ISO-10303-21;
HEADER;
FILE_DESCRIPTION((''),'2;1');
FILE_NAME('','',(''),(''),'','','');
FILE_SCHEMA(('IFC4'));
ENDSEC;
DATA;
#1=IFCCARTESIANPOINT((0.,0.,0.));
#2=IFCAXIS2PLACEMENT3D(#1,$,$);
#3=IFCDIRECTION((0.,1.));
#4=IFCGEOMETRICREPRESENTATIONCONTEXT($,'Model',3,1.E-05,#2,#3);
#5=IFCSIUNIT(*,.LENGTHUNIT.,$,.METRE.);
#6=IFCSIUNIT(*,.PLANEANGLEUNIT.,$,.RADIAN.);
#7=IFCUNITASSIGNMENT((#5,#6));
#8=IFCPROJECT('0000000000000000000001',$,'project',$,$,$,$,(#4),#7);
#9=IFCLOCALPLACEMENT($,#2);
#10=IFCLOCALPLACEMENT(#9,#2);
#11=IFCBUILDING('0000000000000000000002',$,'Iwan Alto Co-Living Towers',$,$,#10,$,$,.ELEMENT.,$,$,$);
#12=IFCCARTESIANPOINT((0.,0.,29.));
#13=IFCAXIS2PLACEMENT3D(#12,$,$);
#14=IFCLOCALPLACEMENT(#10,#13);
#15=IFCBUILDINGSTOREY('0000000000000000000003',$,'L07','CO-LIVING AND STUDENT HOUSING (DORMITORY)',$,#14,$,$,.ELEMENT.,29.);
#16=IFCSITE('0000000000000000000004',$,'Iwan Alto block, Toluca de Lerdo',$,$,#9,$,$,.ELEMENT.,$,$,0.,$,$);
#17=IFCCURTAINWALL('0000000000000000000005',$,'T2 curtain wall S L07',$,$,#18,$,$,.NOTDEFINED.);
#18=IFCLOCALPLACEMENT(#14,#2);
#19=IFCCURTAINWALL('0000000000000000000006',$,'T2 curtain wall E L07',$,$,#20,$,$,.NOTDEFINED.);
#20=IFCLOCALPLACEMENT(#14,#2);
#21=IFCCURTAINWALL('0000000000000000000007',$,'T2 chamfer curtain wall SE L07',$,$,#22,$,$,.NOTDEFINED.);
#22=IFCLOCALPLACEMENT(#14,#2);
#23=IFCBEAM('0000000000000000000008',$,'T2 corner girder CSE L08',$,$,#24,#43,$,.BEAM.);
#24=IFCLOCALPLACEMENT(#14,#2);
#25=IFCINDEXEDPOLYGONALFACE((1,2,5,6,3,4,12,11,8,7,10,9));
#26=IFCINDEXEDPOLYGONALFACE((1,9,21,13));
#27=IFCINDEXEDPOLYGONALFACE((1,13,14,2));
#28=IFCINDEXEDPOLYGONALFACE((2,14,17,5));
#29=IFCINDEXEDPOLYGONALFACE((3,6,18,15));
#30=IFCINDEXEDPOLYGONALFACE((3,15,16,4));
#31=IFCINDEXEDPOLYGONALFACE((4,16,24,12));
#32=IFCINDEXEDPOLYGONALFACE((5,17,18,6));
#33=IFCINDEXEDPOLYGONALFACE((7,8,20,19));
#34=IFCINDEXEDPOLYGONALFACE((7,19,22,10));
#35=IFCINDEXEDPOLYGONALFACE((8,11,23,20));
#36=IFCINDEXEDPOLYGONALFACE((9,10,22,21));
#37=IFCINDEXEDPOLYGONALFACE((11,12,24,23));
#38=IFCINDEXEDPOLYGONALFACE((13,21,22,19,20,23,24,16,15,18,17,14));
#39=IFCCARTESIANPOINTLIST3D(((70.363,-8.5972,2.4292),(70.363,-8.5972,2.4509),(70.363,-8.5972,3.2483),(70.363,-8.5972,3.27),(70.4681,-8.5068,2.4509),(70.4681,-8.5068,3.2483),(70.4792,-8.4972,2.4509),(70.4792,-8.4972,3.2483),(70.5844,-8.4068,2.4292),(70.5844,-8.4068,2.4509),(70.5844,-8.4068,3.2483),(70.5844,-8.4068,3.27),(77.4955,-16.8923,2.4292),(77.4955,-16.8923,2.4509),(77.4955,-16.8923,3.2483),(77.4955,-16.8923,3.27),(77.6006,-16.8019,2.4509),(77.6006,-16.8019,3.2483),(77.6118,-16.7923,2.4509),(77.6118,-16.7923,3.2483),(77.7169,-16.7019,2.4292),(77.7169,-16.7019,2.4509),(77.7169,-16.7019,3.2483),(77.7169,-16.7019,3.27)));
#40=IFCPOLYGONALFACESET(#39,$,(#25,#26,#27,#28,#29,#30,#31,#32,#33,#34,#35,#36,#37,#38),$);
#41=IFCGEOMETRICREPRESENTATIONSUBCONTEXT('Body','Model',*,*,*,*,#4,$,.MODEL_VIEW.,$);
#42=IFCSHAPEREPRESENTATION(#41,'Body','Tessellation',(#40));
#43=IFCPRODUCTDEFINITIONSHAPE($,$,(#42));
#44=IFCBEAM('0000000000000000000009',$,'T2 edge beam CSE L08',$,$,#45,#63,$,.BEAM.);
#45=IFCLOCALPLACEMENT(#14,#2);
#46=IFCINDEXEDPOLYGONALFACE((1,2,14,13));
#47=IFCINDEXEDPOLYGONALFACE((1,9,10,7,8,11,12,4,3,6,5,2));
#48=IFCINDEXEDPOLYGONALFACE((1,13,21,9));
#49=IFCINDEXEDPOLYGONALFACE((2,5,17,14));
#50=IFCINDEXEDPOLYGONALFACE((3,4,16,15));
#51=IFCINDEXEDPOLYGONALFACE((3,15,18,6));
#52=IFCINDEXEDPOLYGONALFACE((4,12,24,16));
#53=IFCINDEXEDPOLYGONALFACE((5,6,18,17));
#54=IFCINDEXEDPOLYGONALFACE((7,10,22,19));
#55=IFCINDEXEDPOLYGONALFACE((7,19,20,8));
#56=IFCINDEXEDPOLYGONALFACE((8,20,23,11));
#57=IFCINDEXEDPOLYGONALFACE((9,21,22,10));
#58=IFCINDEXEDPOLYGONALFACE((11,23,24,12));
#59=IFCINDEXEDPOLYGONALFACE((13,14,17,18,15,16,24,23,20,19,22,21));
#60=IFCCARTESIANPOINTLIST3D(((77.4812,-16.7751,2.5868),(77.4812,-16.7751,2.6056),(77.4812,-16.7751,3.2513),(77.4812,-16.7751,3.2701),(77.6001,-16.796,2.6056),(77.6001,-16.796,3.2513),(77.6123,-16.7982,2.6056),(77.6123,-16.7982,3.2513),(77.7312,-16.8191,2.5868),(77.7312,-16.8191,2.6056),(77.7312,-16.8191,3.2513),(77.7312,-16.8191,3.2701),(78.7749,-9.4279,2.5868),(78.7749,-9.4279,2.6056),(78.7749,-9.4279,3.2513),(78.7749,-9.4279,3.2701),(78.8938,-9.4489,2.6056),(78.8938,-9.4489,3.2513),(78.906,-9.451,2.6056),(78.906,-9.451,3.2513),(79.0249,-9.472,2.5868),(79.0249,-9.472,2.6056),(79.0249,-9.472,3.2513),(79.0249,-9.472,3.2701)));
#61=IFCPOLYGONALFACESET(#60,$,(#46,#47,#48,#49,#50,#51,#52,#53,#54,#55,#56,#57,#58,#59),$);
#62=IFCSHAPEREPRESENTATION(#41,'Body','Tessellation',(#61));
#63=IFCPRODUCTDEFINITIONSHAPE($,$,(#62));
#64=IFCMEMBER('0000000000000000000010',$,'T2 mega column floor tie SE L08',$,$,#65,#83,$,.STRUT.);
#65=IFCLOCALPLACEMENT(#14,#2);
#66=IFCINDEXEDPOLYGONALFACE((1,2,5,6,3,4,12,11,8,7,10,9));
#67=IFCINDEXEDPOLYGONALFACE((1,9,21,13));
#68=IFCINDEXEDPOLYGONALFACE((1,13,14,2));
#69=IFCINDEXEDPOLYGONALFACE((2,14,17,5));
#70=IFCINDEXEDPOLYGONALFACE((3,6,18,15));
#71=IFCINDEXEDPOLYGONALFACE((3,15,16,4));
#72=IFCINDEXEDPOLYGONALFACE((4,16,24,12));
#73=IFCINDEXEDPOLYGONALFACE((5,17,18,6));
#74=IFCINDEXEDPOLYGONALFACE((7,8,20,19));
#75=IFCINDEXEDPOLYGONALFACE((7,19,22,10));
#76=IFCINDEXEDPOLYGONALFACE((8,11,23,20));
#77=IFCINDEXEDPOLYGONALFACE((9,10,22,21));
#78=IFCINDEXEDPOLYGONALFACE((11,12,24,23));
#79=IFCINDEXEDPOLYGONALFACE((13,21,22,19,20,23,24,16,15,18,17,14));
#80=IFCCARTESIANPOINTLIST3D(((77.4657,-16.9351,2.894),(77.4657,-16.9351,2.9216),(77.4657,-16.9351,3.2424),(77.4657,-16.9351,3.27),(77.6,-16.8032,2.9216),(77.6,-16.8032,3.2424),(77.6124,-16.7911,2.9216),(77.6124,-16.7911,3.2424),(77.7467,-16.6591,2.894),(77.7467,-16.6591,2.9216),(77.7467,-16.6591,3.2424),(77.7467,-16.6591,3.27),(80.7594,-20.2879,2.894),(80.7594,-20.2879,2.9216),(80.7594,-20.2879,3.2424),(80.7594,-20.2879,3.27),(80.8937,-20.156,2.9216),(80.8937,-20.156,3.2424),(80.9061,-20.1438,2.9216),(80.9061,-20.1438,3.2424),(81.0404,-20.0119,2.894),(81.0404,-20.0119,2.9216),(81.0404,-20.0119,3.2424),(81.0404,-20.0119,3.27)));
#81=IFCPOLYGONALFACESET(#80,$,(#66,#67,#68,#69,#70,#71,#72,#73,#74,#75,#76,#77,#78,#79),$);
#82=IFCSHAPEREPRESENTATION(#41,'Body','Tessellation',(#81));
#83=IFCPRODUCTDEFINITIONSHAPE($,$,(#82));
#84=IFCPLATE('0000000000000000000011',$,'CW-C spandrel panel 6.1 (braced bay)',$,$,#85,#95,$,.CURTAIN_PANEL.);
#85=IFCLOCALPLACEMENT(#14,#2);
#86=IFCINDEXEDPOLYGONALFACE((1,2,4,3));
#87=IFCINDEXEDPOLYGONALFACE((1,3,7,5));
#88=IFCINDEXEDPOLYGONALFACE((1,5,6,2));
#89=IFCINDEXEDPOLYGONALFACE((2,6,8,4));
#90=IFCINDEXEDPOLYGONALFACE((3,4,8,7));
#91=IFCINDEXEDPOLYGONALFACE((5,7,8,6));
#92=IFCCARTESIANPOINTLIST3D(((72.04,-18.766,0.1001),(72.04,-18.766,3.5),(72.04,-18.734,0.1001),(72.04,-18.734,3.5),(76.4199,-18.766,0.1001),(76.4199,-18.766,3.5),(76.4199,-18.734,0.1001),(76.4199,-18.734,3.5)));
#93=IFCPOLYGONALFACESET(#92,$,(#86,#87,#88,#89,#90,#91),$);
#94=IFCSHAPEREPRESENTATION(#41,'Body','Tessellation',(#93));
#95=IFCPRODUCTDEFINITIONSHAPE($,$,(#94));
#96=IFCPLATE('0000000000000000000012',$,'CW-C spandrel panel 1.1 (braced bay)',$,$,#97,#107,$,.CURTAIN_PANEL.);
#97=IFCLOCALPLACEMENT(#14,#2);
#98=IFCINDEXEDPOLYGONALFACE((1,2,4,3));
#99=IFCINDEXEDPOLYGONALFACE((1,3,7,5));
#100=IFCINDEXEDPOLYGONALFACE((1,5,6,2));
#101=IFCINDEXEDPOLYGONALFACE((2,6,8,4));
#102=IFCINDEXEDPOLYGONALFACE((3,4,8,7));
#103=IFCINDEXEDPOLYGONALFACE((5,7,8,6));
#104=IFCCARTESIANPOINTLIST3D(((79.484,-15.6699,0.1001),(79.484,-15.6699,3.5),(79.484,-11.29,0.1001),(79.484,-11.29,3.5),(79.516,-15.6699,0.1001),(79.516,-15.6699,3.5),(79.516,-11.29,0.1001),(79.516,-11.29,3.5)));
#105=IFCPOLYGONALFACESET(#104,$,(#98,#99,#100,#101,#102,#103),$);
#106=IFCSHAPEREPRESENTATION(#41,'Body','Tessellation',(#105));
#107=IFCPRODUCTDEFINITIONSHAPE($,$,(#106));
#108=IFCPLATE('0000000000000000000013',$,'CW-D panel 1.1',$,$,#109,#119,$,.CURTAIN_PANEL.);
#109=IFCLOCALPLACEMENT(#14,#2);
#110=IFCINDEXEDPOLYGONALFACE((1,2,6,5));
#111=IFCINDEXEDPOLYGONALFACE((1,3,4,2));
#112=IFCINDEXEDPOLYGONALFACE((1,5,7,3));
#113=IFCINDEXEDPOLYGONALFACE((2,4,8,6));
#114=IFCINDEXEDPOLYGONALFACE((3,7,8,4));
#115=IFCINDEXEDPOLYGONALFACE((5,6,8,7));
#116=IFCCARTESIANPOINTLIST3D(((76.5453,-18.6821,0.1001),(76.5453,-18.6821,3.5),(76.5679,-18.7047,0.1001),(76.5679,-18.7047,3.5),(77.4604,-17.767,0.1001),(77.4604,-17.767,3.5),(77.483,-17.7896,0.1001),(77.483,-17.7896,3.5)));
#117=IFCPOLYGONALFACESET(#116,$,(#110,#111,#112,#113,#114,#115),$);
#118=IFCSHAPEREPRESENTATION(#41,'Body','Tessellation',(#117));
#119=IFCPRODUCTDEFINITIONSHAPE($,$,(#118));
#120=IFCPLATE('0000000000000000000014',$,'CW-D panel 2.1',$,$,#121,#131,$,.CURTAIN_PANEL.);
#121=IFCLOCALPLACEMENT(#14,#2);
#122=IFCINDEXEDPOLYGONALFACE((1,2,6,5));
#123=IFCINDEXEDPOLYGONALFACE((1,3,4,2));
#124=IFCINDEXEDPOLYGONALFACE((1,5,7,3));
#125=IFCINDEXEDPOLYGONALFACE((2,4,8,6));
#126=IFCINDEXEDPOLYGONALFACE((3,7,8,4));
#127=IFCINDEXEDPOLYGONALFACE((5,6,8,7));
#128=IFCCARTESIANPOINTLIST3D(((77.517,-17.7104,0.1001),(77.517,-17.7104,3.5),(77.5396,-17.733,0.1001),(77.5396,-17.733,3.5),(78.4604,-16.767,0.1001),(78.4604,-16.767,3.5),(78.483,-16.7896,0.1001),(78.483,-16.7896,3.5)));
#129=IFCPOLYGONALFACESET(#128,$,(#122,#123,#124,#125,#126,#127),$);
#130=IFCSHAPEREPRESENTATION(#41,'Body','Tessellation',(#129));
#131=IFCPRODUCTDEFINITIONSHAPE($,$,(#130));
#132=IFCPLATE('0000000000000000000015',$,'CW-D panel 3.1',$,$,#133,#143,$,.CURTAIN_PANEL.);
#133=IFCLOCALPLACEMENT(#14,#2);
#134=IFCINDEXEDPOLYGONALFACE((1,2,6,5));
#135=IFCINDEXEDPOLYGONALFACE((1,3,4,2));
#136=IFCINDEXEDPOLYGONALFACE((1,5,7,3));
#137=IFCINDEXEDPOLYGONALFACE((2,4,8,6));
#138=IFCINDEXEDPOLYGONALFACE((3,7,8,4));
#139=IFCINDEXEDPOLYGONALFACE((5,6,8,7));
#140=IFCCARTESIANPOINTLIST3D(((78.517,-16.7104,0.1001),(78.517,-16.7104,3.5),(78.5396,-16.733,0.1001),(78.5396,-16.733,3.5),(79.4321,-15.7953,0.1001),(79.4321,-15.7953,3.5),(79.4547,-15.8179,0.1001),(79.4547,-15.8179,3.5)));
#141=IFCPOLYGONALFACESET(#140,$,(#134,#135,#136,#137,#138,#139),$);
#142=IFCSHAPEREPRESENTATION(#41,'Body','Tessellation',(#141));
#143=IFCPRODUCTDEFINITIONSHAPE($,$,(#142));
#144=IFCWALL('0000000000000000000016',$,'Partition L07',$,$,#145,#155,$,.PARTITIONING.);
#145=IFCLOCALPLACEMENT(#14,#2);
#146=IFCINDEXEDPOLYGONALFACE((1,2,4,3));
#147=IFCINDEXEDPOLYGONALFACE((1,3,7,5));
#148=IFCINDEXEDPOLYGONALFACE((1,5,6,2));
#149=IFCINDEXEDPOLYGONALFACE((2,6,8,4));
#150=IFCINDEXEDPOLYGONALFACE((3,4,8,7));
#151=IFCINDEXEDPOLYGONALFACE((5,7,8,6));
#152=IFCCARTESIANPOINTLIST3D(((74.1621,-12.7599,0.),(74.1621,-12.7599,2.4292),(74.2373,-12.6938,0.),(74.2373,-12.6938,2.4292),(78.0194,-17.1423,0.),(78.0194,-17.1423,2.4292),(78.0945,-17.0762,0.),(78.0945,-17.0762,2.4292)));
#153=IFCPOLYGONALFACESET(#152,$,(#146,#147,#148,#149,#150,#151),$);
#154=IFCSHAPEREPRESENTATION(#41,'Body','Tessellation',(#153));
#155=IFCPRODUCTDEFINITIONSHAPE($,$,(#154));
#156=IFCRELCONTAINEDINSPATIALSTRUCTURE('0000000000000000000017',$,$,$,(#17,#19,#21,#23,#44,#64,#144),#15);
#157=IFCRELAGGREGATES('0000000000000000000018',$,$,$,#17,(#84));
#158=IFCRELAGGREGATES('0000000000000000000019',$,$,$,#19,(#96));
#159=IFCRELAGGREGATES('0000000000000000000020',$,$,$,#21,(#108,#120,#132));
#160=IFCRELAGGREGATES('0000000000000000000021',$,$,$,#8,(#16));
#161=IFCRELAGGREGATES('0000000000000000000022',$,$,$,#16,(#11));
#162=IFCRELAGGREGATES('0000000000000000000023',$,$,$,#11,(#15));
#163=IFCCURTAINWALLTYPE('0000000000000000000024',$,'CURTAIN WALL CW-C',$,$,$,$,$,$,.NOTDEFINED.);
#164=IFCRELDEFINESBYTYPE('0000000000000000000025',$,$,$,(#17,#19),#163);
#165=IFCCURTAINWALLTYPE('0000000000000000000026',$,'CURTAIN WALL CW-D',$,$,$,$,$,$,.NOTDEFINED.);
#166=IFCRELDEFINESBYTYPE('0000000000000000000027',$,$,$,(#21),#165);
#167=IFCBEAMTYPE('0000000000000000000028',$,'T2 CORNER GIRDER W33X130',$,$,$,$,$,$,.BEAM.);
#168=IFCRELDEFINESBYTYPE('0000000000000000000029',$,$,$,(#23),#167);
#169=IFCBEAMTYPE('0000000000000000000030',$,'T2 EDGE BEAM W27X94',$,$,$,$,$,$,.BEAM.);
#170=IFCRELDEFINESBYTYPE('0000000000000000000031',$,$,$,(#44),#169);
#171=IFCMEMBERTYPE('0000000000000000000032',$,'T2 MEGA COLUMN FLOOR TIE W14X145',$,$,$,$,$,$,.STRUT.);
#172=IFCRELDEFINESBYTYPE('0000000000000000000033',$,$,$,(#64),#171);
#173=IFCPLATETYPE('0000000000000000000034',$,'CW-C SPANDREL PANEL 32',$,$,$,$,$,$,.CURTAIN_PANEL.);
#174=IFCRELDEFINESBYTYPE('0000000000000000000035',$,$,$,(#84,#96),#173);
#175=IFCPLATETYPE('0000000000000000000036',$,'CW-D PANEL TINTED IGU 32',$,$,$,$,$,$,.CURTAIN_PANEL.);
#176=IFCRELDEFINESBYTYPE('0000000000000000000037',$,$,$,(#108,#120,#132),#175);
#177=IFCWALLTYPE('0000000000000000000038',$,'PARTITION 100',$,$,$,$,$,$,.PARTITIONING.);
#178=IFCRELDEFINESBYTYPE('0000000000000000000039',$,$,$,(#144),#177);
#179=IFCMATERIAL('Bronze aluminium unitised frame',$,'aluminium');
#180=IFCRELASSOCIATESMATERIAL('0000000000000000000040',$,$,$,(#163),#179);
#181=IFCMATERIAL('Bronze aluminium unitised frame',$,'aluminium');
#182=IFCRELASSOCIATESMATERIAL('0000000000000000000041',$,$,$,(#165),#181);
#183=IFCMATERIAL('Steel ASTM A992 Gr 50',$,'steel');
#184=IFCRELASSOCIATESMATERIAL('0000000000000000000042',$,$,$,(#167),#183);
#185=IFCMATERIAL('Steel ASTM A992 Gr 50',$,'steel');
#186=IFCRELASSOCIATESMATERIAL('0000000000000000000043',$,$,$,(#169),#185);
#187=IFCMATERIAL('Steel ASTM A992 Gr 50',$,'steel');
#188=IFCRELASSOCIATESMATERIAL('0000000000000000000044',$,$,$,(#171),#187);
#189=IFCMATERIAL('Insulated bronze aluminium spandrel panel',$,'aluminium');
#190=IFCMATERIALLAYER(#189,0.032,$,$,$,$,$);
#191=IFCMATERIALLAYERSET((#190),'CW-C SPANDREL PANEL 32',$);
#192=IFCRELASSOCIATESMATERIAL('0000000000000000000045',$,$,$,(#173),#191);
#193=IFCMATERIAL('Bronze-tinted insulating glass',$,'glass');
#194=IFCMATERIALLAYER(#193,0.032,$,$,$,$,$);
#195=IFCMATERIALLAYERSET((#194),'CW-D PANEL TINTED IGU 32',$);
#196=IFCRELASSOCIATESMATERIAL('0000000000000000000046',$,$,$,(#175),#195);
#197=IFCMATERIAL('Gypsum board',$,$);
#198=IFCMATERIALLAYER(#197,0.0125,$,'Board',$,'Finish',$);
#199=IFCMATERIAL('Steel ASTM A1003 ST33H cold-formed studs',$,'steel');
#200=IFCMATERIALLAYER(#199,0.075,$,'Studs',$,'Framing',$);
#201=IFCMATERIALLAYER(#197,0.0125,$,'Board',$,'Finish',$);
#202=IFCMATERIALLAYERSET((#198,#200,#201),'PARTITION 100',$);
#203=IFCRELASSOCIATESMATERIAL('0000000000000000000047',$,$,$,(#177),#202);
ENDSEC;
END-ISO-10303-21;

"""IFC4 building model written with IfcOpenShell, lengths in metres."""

from ifc_helpers import new_model, si_unit, direction, frame, frame_2d, origin, origin_2d, place, context, subcontext, project, spatial, rectangle, i_section, extrude, material, layer, layer_set, material_profile, profile_set, type_object, element, aggregate, save


model = new_model("IFC4")

# Units and contexts
model_context = context("Model", 3, precision=1e-05, world=origin(), true_north=direction((0.0, 1.0)))
body_context = subcontext(model_context, "Body", "Model", "MODEL_VIEW")
ifc_project = project(units=[si_unit("LENGTHUNIT", "METRE"), si_unit("PLANEANGLEUNIT", "RADIAN")], contexts=[model_context])

# Site, building, storey
site_placement = place(None, origin())
site = spatial("IfcSite", under=ifc_project, at=site_placement, Name="Iwan Alto block, Toluca de Lerdo", CompositionType="ELEMENT", RefElevation=0.0)
building_placement = place(site_placement, origin())
building = spatial("IfcBuilding", under=site, at=building_placement, Name="Iwan Alto Co-Living Towers", CompositionType="ELEMENT")
storey_placement = place(building_placement, frame((0.0, 0.0, 29.0)))
storey = spatial("IfcBuildingStorey", under=building, at=storey_placement, Name="L07", Description="CO-LIVING AND STUDENT HOUSING (DORMITORY)", CompositionType="ELEMENT", Elevation=29.0)

# Curtain wall
ifc_material_1 = material(Name="Bronze aluminium unitised frame", Category="aluminium")
curtain_wall_type_1 = type_object("IfcCurtainWallType", Name="CURTAIN WALL CW-C", PredefinedType="NOTDEFINED", material=ifc_material_1)
curtain_wall_1_placement = place(storey_placement, origin())
curtain_wall_1 = element("IfcCurtainWall", 1, at=curtain_wall_1_placement, inside=storey, type_object=curtain_wall_type_1, Name="T2 curtain wall S L07", PredefinedType="NOTDEFINED")

# Curtain walls
curtain_wall_2_placement = place(storey_placement, origin())
curtain_wall_2 = element("IfcCurtainWall", 2, at=curtain_wall_2_placement, inside=storey, type_object=curtain_wall_type_1, Name="T2 curtain wall E L07", PredefinedType="NOTDEFINED")
ifc_material_2 = material(Name="Bronze aluminium unitised frame", Category="aluminium")
curtain_wall_type_2 = type_object("IfcCurtainWallType", Name="CURTAIN WALL CW-D", PredefinedType="NOTDEFINED", material=ifc_material_2)
curtain_wall_3_placement = place(storey_placement, origin())
curtain_wall_3 = element("IfcCurtainWall", 3, at=curtain_wall_3_placement, inside=storey, type_object=curtain_wall_type_2, Name="T2 chamfer curtain wall SE L07", PredefinedType="NOTDEFINED")

# Beams
ifc_material_3 = material(Name="Steel ASTM A992 Gr 50", Category="steel")
ifc_material_profile_1 = material_profile(ifc_material_3, i_section(OverallWidth=0.292, OverallDepth=0.8408, WebThickness=0.0146, FlangeThickness=0.0217, at=origin_2d()), Name="W33X130")
ifc_profile_set_1 = profile_set([ifc_material_profile_1], Name="Steel ASTM A992 Gr 50")
beam_type_1 = type_object("IfcBeamType", Name="T2 CORNER GIRDER W33X130", PredefinedType="BEAM", material=ifc_profile_set_1)
beam_1_placement = place(storey_placement, frame((77.6062, -16.7971, 2.8496), z_axis=(-0.651972, 0.758243, 0.0), x_axis=(-0.758243, -0.651972, 0.0)))
element("IfcBeam", 4, at=beam_1_placement, inside=storey, type_object=beam_type_1, Name="T2 corner girder CSE L08", PredefinedType="BEAM", context=body_context, shape_type="SweptSolid", body=[
    extrude(i_section(OverallWidth=0.292, OverallDepth=0.8408, WebThickness=0.0146, FlangeThickness=0.0217, at=origin_2d()), origin(), (0.0, 0.0, 1.0), 10.9399),
])
ifc_material_4 = material(Name="Steel ASTM A992 Gr 50", Category="steel")
ifc_material_profile_2 = material_profile(ifc_material_4, i_section(OverallWidth=0.2539, OverallDepth=0.6833, WebThickness=0.0125, FlangeThickness=0.0188, at=origin_2d()), Name="W27X94")
ifc_profile_set_2 = profile_set([ifc_material_profile_2], Name="Steel ASTM A992 Gr 50")
beam_type_2 = type_object("IfcBeamType", Name="T2 EDGE BEAM W27X94", PredefinedType="BEAM", material=ifc_profile_set_2)
beam_2_placement = place(storey_placement, frame((77.6062, -16.7971, 2.9285), z_axis=(0.173414, 0.984849, 0.0), x_axis=(-0.984849, 0.173414, 0.0)))
element("IfcBeam", 5, at=beam_2_placement, inside=storey, type_object=beam_type_2, Name="T2 edge beam CSE L08", PredefinedType="BEAM", context=body_context, shape_type="SweptSolid", body=[
    extrude(i_section(OverallWidth=0.2539, OverallDepth=0.6833, WebThickness=0.0125, FlangeThickness=0.0188, at=origin_2d()), origin(), (0.0, 0.0, 1.0), 7.4602),
])

# Member
ifc_material_5 = material(Name="Steel ASTM A992 Gr 50", Category="steel")
ifc_material_profile_3 = material_profile(ifc_material_5, i_section(OverallWidth=0.3938, OverallDepth=0.376, WebThickness=0.0173, FlangeThickness=0.0276, at=origin_2d()), Name="W14X145")
ifc_profile_set_3 = profile_set([ifc_material_profile_3], Name="Steel ASTM A992 Gr 50")
member_type_1 = type_object("IfcMemberType", Name="T2 MEGA COLUMN FLOOR TIE W14X145", PredefinedType="STRUT", material=ifc_profile_set_3)
member_1_placement = place(storey_placement, frame((80.8999, -20.1499, 3.082), z_axis=(-0.700793, 0.713364, 0.0), x_axis=(-0.713364, -0.700793, 0.0)))
element("IfcMember", 6, at=member_1_placement, inside=storey, type_object=member_type_1, Name="T2 mega column floor tie SE L08", PredefinedType="STRUT", context=body_context, shape_type="SweptSolid", body=[
    extrude(i_section(OverallWidth=0.3938, OverallDepth=0.376, WebThickness=0.0173, FlangeThickness=0.0276, at=origin_2d()), origin(), (0.0, 0.0, 1.0), 4.7),
])

# Plates
ifc_material_6 = material(Name="Insulated bronze aluminium spandrel panel", Category="aluminium")
ifc_layer_1 = layer(ifc_material_6, 0.032)
ifc_layer_set_1 = layer_set([ifc_layer_1], Name="CW-C SPANDREL PANEL 32")
plate_type_1 = type_object("IfcPlateType", Name="CW-C SPANDREL PANEL 32", PredefinedType="CURTAIN_PANEL", material=ifc_layer_set_1)
plate_1_placement = place(storey_placement, frame((74.23, -18.75, 0.1001), z_axis=(0.0, 0.0, 1.0), x_axis=(1.0, 0.0, 0.0)))
plate_1 = element("IfcPlate", 7, at=plate_1_placement, type_object=plate_type_1, Name="CW-C spandrel panel 6.1 (braced bay)", PredefinedType="CURTAIN_PANEL", context=body_context, shape_type="SweptSolid", body=[
    extrude(rectangle(XDim=4.3799, YDim=0.032, at=origin_2d()), origin(), (0.0, 0.0, 1.0), 3.3999),
])
aggregate(curtain_wall_1, [plate_1])
plate_2_placement = place(storey_placement, frame((79.5, -13.48, 0.1001), z_axis=(0.0, 0.0, 1.0), x_axis=(0.0, 1.0, 0.0)))
plate_2 = element("IfcPlate", 8, at=plate_2_placement, type_object=plate_type_1, Name="CW-C spandrel panel 1.1 (braced bay)", PredefinedType="CURTAIN_PANEL", context=body_context, shape_type="SweptSolid", body=[
    extrude(rectangle(XDim=4.3799, YDim=0.032, at=origin_2d()), origin(), (0.0, 0.0, 1.0), 3.3999),
])
aggregate(curtain_wall_2, [plate_2])
ifc_material_7 = material(Name="Bronze-tinted insulating glass", Category="glass")
ifc_layer_2 = layer(ifc_material_7, 0.032)
ifc_layer_set_2 = layer_set([ifc_layer_2], Name="CW-D PANEL TINTED IGU 32")
plate_type_2 = type_object("IfcPlateType", Name="CW-D PANEL TINTED IGU 32", PredefinedType="CURTAIN_PANEL", material=ifc_layer_set_2)
plate_3_placement = place(storey_placement, frame((77.0142, -18.2358, 0.1001), z_axis=(0.0, 0.0, 1.0), x_axis=(0.707107, 0.707107, 0.0)))
plate_3 = element("IfcPlate", 9, at=plate_3_placement, type_object=plate_type_2, Name="CW-D panel 1.1", PredefinedType="CURTAIN_PANEL", context=body_context, shape_type="SweptSolid", body=[
    extrude(rectangle(XDim=1.2942, YDim=0.032, at=origin_2d()), origin(), (0.0, 0.0, 1.0), 3.3999),
])
plate_4_placement = place(storey_placement, frame((78.0, -17.25, 0.1001), z_axis=(0.0, 0.0, 1.0), x_axis=(0.707107, 0.707107, 0.0)))
plate_4 = element("IfcPlate", 10, at=plate_4_placement, type_object=plate_type_2, Name="CW-D panel 2.1", PredefinedType="CURTAIN_PANEL", context=body_context, shape_type="SweptSolid", body=[
    extrude(rectangle(XDim=1.3342, YDim=0.032, at=origin_2d()), origin(), (0.0, 0.0, 1.0), 3.3999),
])
plate_5_placement = place(storey_placement, frame((78.9858, -16.2642, 0.1001), z_axis=(0.0, 0.0, 1.0), x_axis=(0.707107, 0.707107, 0.0)))
plate_5 = element("IfcPlate", 11, at=plate_5_placement, type_object=plate_type_2, Name="CW-D panel 3.1", PredefinedType="CURTAIN_PANEL", context=body_context, shape_type="SweptSolid", body=[
    extrude(rectangle(XDim=1.2942, YDim=0.032, at=origin_2d()), origin(), (0.0, 0.0, 1.0), 3.3999),
])
aggregate(curtain_wall_3, [plate_3, plate_4, plate_5])

# Wall
ifc_material_8 = material(Name="Gypsum board")
ifc_layer_3 = layer(ifc_material_8, 0.0125, Name="Board", Category="Finish")
ifc_material_9 = material(Name="Steel ASTM A1003 ST33H cold-formed studs", Category="steel")
ifc_layer_4 = layer(ifc_material_9, 0.075, Name="Studs", Category="Framing")
ifc_layer_5 = layer(ifc_material_8, 0.0125, Name="Board", Category="Finish")
ifc_layer_set_3 = layer_set([ifc_layer_3, ifc_layer_4, ifc_layer_5], Name="PARTITION 100")
wall_type = type_object("IfcWallType", Name="PARTITION 100", PredefinedType="PARTITIONING", material=ifc_layer_set_3)
wall_placement = place(storey_placement, frame((78.0569, -17.1091, 0.0), z_axis=(0.0, 0.0, 1.0), x_axis=(-0.660699, 0.750651, 0.0)))
element("IfcWall", 12, at=wall_placement, inside=storey, type_object=wall_type, Name="Partition L07", PredefinedType="PARTITIONING", context=body_context, shape_type="SweptSolid", body=[
    extrude(rectangle(XDim=5.8381, YDim=0.1001, at=frame_2d((2.9189, 0.0))), origin(), (0.0, 0.0, 1.0), 2.4292),
])

save(model, "model.ifc")
